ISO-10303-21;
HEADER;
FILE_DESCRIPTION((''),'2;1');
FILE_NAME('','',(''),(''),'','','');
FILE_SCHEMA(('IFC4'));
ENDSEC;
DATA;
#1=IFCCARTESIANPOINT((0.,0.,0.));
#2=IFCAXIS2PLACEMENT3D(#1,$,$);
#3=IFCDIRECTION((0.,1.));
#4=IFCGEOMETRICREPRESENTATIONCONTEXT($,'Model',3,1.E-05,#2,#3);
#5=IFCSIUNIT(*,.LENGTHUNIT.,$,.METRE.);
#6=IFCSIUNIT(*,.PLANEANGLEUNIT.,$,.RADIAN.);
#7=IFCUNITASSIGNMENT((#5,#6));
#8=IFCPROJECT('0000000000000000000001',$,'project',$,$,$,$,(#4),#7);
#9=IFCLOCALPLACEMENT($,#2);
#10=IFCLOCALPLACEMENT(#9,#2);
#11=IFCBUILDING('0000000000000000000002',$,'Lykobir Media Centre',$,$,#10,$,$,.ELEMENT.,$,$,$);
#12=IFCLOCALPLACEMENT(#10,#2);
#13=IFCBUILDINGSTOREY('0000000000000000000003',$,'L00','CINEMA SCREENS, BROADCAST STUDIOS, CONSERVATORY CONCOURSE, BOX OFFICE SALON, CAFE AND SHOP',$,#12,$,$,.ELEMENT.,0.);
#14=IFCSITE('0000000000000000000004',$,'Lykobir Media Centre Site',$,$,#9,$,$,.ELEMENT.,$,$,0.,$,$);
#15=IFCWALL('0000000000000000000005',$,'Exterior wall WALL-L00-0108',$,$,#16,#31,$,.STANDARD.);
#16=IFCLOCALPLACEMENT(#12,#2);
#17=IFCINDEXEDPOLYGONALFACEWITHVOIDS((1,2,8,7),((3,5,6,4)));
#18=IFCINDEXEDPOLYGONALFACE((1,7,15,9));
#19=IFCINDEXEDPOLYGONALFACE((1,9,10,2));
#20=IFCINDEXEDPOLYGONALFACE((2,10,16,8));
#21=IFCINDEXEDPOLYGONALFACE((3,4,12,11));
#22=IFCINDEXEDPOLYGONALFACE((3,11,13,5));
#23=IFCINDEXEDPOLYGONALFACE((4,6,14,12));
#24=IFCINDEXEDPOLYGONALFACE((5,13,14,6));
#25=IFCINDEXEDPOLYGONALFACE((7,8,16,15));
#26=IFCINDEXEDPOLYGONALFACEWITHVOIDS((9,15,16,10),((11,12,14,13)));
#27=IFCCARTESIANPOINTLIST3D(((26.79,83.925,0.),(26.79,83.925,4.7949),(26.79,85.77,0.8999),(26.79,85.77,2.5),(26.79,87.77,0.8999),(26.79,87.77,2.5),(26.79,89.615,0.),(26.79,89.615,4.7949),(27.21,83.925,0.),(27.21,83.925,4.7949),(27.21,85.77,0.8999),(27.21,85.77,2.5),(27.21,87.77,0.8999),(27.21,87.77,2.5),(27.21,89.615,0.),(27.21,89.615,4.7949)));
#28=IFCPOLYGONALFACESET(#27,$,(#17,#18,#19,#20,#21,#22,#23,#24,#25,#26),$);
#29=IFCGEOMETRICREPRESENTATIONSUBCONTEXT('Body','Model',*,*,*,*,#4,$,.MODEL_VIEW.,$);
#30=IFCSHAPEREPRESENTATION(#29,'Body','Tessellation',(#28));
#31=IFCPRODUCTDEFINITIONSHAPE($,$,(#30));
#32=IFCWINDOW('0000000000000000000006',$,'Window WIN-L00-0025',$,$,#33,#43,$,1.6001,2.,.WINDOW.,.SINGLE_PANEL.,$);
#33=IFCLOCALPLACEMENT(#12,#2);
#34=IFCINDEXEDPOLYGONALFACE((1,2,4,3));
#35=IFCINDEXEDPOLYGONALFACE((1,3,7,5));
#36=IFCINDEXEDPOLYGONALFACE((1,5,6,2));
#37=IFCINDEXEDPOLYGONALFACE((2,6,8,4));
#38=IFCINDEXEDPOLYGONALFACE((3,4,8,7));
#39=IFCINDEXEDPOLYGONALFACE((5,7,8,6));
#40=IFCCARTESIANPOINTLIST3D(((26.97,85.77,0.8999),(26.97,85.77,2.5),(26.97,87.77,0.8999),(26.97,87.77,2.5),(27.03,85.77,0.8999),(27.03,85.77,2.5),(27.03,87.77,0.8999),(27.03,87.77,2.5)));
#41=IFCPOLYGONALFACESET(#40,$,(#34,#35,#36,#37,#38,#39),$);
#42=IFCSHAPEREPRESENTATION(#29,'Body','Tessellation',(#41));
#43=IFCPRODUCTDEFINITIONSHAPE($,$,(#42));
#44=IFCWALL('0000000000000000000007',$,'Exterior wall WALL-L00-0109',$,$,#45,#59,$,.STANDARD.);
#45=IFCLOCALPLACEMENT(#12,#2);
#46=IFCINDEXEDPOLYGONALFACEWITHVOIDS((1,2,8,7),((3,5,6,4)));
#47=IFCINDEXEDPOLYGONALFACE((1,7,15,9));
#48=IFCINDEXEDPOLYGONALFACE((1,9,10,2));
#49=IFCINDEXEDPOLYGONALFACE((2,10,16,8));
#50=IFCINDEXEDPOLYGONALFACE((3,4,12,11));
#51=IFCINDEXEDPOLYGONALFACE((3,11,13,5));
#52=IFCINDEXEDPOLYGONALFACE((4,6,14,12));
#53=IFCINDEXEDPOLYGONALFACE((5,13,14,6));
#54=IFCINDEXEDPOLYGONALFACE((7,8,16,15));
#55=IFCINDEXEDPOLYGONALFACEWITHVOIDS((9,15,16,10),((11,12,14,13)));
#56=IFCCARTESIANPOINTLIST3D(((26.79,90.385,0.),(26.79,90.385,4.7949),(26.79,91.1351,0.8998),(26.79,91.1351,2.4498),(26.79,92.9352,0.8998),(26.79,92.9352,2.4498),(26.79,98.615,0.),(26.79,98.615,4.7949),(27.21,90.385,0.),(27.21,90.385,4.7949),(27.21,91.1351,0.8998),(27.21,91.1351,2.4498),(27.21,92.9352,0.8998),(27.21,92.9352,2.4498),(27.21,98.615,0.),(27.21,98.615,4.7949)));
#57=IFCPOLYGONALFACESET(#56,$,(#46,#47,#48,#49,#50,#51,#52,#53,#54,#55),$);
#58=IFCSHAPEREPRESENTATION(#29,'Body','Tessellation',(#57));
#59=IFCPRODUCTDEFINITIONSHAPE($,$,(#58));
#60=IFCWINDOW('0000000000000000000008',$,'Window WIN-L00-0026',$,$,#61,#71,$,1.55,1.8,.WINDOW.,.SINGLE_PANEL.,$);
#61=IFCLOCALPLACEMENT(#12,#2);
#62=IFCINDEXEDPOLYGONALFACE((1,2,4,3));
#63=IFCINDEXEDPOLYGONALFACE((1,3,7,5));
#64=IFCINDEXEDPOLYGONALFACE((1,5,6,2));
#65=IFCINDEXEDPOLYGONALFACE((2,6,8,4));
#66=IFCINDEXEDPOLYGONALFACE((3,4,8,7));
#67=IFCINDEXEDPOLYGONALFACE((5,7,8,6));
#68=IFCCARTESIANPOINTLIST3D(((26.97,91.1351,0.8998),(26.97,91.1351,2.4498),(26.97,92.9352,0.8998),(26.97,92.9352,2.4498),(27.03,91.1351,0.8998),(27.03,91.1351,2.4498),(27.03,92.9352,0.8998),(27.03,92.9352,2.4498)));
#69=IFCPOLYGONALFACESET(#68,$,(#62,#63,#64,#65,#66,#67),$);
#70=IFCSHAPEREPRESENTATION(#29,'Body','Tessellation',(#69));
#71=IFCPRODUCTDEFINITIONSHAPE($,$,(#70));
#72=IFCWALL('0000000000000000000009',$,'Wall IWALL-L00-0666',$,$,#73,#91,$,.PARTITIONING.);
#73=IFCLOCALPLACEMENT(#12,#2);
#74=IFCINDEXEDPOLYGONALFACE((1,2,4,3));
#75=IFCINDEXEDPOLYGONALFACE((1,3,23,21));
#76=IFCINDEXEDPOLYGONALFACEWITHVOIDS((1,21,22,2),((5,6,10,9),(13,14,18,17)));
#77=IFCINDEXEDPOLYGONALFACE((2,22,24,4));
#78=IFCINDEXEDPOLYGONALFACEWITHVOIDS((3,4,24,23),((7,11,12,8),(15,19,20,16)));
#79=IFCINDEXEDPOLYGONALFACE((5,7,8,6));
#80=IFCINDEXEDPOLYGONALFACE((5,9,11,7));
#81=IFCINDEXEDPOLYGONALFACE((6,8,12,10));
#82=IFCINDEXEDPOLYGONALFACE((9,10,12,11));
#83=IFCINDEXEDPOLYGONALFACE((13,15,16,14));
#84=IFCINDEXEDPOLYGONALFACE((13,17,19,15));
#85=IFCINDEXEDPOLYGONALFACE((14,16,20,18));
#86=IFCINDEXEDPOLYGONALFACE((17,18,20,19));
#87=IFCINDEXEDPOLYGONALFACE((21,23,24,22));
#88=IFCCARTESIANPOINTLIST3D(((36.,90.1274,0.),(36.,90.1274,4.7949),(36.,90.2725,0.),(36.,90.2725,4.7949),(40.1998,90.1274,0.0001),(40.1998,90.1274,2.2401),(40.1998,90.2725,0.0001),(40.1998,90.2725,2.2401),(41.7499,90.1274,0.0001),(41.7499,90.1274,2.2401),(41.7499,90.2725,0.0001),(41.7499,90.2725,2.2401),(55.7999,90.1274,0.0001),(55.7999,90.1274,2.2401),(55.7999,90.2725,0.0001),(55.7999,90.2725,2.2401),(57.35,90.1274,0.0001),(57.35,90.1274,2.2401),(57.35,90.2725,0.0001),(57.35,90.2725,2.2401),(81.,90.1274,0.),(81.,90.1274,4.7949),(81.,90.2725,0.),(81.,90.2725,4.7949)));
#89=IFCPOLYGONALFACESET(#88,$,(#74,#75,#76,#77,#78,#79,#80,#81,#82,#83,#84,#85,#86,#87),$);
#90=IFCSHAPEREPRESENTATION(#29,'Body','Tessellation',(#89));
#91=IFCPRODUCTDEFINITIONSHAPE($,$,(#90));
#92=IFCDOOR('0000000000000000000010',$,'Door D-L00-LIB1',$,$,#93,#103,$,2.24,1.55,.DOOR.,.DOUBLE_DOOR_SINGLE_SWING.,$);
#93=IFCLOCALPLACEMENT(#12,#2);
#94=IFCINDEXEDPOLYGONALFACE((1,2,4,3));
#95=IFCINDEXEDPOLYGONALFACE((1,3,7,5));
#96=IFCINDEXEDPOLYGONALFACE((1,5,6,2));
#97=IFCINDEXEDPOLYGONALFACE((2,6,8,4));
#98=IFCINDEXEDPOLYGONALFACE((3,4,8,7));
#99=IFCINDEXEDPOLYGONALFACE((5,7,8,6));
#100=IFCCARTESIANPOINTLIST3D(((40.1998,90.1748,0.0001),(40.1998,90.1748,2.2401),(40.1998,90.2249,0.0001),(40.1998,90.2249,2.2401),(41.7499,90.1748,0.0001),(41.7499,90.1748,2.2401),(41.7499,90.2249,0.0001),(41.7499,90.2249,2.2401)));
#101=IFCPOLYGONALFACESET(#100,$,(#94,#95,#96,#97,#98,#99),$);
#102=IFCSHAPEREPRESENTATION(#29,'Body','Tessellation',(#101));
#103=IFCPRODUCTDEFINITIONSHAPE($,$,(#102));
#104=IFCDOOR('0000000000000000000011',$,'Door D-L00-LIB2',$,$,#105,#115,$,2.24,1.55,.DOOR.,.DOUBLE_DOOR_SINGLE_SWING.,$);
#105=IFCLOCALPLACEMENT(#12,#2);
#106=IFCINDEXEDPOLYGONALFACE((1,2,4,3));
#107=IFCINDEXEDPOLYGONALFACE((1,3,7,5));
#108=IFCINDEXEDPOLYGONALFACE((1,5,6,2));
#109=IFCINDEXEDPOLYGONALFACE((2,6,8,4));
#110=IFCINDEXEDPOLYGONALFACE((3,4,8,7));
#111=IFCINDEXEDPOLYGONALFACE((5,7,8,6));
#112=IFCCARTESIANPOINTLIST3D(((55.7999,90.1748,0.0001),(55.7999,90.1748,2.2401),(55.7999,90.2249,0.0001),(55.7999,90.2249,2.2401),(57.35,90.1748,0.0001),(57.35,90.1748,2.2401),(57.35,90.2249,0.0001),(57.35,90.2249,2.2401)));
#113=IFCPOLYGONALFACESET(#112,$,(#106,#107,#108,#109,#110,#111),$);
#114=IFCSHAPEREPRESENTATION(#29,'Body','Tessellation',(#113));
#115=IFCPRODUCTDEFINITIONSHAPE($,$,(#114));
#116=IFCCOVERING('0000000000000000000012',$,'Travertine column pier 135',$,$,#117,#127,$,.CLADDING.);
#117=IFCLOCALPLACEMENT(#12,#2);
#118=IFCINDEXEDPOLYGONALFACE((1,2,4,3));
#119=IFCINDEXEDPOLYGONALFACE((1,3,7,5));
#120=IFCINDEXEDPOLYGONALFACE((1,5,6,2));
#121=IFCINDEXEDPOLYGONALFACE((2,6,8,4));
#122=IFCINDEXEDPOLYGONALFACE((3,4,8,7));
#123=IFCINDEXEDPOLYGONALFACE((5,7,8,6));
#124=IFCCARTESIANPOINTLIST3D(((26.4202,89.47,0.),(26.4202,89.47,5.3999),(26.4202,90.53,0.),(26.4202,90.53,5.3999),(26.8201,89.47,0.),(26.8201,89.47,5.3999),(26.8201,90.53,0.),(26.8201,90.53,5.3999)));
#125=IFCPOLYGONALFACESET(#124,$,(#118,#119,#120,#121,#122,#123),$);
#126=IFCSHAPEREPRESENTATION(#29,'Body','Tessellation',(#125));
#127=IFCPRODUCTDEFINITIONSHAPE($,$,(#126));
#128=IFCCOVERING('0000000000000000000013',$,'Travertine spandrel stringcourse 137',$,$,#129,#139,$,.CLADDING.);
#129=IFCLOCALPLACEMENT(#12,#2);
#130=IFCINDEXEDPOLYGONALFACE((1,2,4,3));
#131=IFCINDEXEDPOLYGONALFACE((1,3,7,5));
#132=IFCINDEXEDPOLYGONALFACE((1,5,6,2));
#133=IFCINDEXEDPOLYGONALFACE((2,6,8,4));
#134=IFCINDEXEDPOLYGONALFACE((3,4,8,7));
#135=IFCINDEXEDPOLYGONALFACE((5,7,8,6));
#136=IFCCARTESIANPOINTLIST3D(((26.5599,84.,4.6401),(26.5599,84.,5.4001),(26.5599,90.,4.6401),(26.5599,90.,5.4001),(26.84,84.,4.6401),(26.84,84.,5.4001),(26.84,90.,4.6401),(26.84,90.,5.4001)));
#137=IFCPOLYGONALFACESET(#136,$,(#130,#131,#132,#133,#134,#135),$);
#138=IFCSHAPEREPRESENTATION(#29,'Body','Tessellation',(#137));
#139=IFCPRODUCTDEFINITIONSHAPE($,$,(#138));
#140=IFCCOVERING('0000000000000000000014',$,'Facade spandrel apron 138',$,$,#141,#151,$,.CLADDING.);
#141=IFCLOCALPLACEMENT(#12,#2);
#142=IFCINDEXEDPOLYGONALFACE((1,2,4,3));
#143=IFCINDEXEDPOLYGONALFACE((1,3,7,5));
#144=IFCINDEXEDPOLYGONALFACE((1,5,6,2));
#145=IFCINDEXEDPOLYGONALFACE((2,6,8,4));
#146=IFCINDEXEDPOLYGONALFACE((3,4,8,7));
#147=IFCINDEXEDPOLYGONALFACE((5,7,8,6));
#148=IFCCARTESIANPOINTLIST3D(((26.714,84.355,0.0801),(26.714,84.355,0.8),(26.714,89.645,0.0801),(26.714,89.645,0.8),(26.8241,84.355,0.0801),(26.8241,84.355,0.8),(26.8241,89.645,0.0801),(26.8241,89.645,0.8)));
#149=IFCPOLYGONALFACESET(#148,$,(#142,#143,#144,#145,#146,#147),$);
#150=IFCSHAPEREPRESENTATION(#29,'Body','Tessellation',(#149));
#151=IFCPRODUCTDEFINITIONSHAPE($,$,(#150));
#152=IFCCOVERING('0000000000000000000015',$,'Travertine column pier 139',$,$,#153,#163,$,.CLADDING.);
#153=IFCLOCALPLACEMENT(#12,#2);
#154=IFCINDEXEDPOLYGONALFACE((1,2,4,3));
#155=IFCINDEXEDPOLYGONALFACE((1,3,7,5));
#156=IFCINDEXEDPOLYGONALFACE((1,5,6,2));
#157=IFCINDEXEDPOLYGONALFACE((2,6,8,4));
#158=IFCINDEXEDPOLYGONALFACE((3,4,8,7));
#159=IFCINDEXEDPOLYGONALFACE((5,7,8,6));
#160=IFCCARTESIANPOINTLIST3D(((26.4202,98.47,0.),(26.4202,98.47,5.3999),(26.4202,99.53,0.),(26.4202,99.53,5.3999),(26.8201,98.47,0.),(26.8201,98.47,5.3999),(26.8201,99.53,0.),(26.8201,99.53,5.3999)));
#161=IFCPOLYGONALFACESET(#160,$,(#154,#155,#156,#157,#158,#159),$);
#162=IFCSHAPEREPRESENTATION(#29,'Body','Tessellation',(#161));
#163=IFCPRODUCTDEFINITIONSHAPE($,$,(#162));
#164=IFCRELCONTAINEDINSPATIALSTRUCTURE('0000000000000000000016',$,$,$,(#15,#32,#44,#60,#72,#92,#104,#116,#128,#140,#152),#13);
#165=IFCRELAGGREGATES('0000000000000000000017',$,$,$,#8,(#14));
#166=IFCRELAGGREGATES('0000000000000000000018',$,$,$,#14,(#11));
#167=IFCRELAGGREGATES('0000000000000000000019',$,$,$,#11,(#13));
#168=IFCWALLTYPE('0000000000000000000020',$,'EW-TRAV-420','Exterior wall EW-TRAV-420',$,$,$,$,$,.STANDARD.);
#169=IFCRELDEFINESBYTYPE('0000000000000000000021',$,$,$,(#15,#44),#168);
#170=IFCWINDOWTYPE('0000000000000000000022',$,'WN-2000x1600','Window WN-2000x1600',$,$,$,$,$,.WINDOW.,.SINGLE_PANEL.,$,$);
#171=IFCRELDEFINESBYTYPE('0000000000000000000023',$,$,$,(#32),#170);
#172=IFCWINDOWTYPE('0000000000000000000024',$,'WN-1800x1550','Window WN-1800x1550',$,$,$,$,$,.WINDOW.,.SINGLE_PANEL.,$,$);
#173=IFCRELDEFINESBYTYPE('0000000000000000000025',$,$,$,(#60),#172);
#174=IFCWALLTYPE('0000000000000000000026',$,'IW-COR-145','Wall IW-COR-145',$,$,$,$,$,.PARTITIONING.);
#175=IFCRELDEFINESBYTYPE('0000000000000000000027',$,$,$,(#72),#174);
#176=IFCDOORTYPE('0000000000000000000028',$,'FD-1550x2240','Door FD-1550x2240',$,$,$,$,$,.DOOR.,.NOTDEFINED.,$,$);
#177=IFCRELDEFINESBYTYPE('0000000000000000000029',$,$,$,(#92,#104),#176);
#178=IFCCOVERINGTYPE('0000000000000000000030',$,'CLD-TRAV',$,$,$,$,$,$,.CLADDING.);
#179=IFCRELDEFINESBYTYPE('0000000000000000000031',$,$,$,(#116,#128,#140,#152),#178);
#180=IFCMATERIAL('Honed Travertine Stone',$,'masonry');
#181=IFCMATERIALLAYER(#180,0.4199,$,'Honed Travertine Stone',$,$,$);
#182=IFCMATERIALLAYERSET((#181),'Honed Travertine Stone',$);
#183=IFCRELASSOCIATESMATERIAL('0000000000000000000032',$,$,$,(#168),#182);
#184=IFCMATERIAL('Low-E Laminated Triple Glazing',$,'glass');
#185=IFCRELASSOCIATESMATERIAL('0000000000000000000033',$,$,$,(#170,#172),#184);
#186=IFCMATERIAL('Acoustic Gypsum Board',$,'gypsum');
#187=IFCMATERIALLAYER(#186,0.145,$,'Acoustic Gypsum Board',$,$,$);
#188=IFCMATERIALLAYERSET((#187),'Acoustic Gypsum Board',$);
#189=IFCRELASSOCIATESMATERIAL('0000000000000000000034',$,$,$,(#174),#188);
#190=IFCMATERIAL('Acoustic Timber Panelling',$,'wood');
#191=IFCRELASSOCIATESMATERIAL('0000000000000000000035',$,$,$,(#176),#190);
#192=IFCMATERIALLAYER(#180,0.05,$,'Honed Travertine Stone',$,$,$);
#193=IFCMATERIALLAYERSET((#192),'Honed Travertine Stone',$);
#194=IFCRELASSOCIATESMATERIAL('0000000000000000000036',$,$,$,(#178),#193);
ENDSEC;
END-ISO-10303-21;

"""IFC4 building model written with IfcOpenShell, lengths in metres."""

from ifc_helpers import new_model, si_unit, direction, frame, frame_2d, origin, origin_2d, place, context, subcontext, project, spatial, rectangle, extrude, material, layer, layer_set, type_object, element, fill, save


model = new_model("IFC4")

# Units and contexts
model_context = context("Model", 3, precision=1e-05, world=origin(), true_north=direction((0.0, 1.0)))
body_context = subcontext(model_context, "Body", "Model", "MODEL_VIEW")
ifc_project = project(units=[si_unit("LENGTHUNIT", "METRE"), si_unit("PLANEANGLEUNIT", "RADIAN")], contexts=[model_context])

# Site, building, storey
site_placement = place(None, origin())
site = spatial("IfcSite", under=ifc_project, at=site_placement, Name="Lykobir Media Centre Site", CompositionType="ELEMENT", RefElevation=0.0)
building_placement = place(site_placement, origin())
building = spatial("IfcBuilding", under=site, at=building_placement, Name="Lykobir Media Centre", CompositionType="ELEMENT")
storey_placement = place(building_placement, origin())
storey = spatial("IfcBuildingStorey", under=building, at=storey_placement, Name="L00", Description="CINEMA SCREENS, BROADCAST STUDIOS, CONSERVATORY CONCOURSE, BOX OFFICE SALON, CAFE AND SHOP", CompositionType="ELEMENT", Elevation=0.0)

# Walls, openings, windows
ifc_material_1 = material(Name="Honed Travertine Stone", Category="masonry")
ifc_layer_1 = layer(ifc_material_1, 0.4199, Name="Honed Travertine Stone")
ifc_layer_set_1 = layer_set([ifc_layer_1], Name="Honed Travertine Stone")
wall_type_1 = type_object("IfcWallType", Name="EW-TRAV-420", Description="Exterior wall EW-TRAV-420", PredefinedType="STANDARD", material=ifc_layer_set_1)
wall_1_placement = place(storey_placement, frame((27.0, 89.615, 0.0), z_axis=(0.0, 0.0, 1.0), x_axis=(0.0, -1.0, 0.0)))
wall_1 = element("IfcWall", 1, at=wall_1_placement, inside=storey, type_object=wall_type_1, Name="Exterior wall WALL-L00-0108", PredefinedType="STANDARD", context=body_context, shape_type="SweptSolid", body=[
    extrude(rectangle(XDim=5.6899, YDim=0.4199, at=frame_2d((2.845, 0.0))), origin(), (0.0, 0.0, 1.0), 4.7949),
])
opening_1_placement = place(wall_1_placement, frame((1.845, 0.0, 0.8999)))
opening_1 = element("IfcOpeningElement", 2, at=opening_1_placement, cuts=wall_1, PredefinedType="OPENING", context=body_context, shape_type="SweptSolid", body=[
    extrude(rectangle(XDim=2.0, YDim=1.6001, at=frame_2d((1.0, 0.8))), frame((0.0, 0.22, 0.0), z_axis=(0.0, -1.0, 0.0), x_axis=(1.0, 0.0, 0.0)), (0.0, 0.0, 1.0), 0.4399),
])
ifc_material_2 = material(Name="Low-E Laminated Triple Glazing", Category="glass")
window_type_1 = type_object("IfcWindowType", Name="WN-2000x1600", Description="Window WN-2000x1600", PartitioningType="SINGLE_PANEL", PredefinedType="WINDOW", material=ifc_material_2)
window_1_placement = place(opening_1_placement, origin())
window_1 = element("IfcWindow", 3, at=window_1_placement, inside=storey, type_object=window_type_1, Name="Window WIN-L00-0025", OverallHeight=1.6001, OverallWidth=2.0, PartitioningType="SINGLE_PANEL", PredefinedType="WINDOW", context=body_context, shape_type="SweptSolid", body=[
    extrude(rectangle(XDim=2.0, YDim=1.6001, at=frame_2d((1.0, 0.8))), frame((0.0, 0.03, 0.0), z_axis=(0.0, -1.0, 0.0), x_axis=(1.0, 0.0, 0.0)), (0.0, 0.0, 1.0), 0.0601),
])
fill(opening_1, window_1)
wall_2_placement = place(storey_placement, frame((27.0, 98.615, 0.0), z_axis=(0.0, 0.0, 1.0), x_axis=(0.0, -1.0, 0.0)))
wall_2 = element("IfcWall", 4, at=wall_2_placement, inside=storey, type_object=wall_type_1, Name="Exterior wall WALL-L00-0109", PredefinedType="STANDARD", context=body_context, shape_type="SweptSolid", body=[
    extrude(rectangle(XDim=8.23, YDim=0.4199, at=frame_2d((4.115, 0.0))), origin(), (0.0, 0.0, 1.0), 4.7949),
])
opening_2_placement = place(wall_2_placement, frame((5.6799, 0.0, 0.8999)))
opening_2 = element("IfcOpeningElement", 5, at=opening_2_placement, cuts=wall_2, PredefinedType="OPENING", context=body_context, shape_type="SweptSolid", body=[
    extrude(rectangle(XDim=1.8, YDim=1.55, at=frame_2d((0.8999, 0.7749))), frame((0.0, 0.22, 0.0), z_axis=(0.0, -1.0, 0.0), x_axis=(1.0, 0.0, 0.0)), (0.0, 0.0, 1.0), 0.4399),
])
window_type_2 = type_object("IfcWindowType", Name="WN-1800x1550", Description="Window WN-1800x1550", PartitioningType="SINGLE_PANEL", PredefinedType="WINDOW", material=ifc_material_2)
window_2_placement = place(opening_2_placement, origin())
window_2 = element("IfcWindow", 6, at=window_2_placement, inside=storey, type_object=window_type_2, Name="Window WIN-L00-0026", OverallHeight=1.55, OverallWidth=1.8, PartitioningType="SINGLE_PANEL", PredefinedType="WINDOW", context=body_context, shape_type="SweptSolid", body=[
    extrude(rectangle(XDim=1.8, YDim=1.55, at=frame_2d((0.8999, 0.7749))), frame((0.0, 0.03, 0.0), z_axis=(0.0, -1.0, 0.0), x_axis=(1.0, 0.0, 0.0)), (0.0, 0.0, 1.0), 0.0601),
])
fill(opening_2, window_2)

# Wall, openings, doors
ifc_material_3 = material(Name="Acoustic Gypsum Board", Category="gypsum")
ifc_layer_2 = layer(ifc_material_3, 0.145, Name="Acoustic Gypsum Board")
ifc_layer_set_2 = layer_set([ifc_layer_2], Name="Acoustic Gypsum Board")
wall_type_2 = type_object("IfcWallType", Name="IW-COR-145", Description="Wall IW-COR-145", PredefinedType="PARTITIONING", material=ifc_layer_set_2)
wall_3_placement = place(storey_placement, frame((36.0, 90.2, 0.0), z_axis=(0.0, 0.0, 1.0), x_axis=(1.0, 0.0, 0.0)))
wall_3 = element("IfcWall", 7, at=wall_3_placement, inside=storey, type_object=wall_type_2, Name="Wall IWALL-L00-0666", PredefinedType="PARTITIONING", context=body_context, shape_type="SweptSolid", body=[
    extrude(rectangle(XDim=45.0, YDim=0.145, at=frame_2d((22.5, 0.0))), origin(), (0.0, 0.0, 1.0), 4.7949),
])
opening_3_placement = place(wall_3_placement, frame((4.2, 0.0, 0.0)))
opening_3 = element("IfcOpeningElement", 8, at=opening_3_placement, cuts=wall_3, PredefinedType="OPENING", context=body_context, shape_type="SweptSolid", body=[
    extrude(rectangle(XDim=1.55, YDim=2.24, at=frame_2d((0.7749, 1.1201))), frame((0.0, 0.0825, 0.0), z_axis=(0.0, -1.0, 0.0), x_axis=(1.0, 0.0, 0.0)), (0.0, 0.0, 1.0), 0.165),
])
opening_4_placement = place(wall_3_placement, frame((19.8, 0.0, 0.0)))
opening_4 = element("IfcOpeningElement", 9, at=opening_4_placement, cuts=wall_3, PredefinedType="OPENING", context=body_context, shape_type="SweptSolid", body=[
    extrude(rectangle(XDim=1.55, YDim=2.24, at=frame_2d((0.7749, 1.1201))), frame((0.0, 0.0825, 0.0), z_axis=(0.0, -1.0, 0.0), x_axis=(1.0, 0.0, 0.0)), (0.0, 0.0, 1.0), 0.165),
])
ifc_material_4 = material(Name="Acoustic Timber Panelling", Category="wood")
door_type = type_object("IfcDoorType", Name="FD-1550x2240", Description="Door FD-1550x2240", OperationType="NOTDEFINED", PredefinedType="DOOR", material=ifc_material_4)
door_1_placement = place(opening_3_placement, origin())
door_1 = element("IfcDoor", 10, at=door_1_placement, inside=storey, type_object=door_type, Name="Door D-L00-LIB1", OperationType="DOUBLE_DOOR_SINGLE_SWING", OverallHeight=2.24, OverallWidth=1.55, PredefinedType="DOOR", context=body_context, shape_type="SweptSolid", body=[
    extrude(rectangle(XDim=1.55, YDim=2.24, at=frame_2d((0.7749, 1.1201))), frame((0.0, 0.0249, 0.0), z_axis=(0.0, -1.0, 0.0), x_axis=(1.0, 0.0, 0.0)), (0.0, 0.0, 1.0), 0.05),
])
fill(opening_3, door_1)
door_2_placement = place(opening_4_placement, origin())
door_2 = element("IfcDoor", 11, at=door_2_placement, inside=storey, type_object=door_type, Name="Door D-L00-LIB2", OperationType="DOUBLE_DOOR_SINGLE_SWING", OverallHeight=2.24, OverallWidth=1.55, PredefinedType="DOOR", context=body_context, shape_type="SweptSolid", body=[
    extrude(rectangle(XDim=1.55, YDim=2.24, at=frame_2d((0.7749, 1.1201))), frame((0.0, 0.0249, 0.0), z_axis=(0.0, -1.0, 0.0), x_axis=(1.0, 0.0, 0.0)), (0.0, 0.0, 1.0), 0.05),
])
fill(opening_4, door_2)

# Coverings
ifc_layer_3 = layer(ifc_material_1, 0.05, Name="Honed Travertine Stone")
ifc_layer_set_3 = layer_set([ifc_layer_3], Name="Honed Travertine Stone")
covering_type = type_object("IfcCoveringType", Name="CLD-TRAV", PredefinedType="CLADDING", material=ifc_layer_set_3)
covering_1_placement = place(storey_placement, frame((26.6201, 90.0, 0.0), z_axis=(0.0, 0.0, 1.0), x_axis=(0.0, -1.0, 0.0)))
element("IfcCovering", 12, at=covering_1_placement, inside=storey, type_object=covering_type, Name="Travertine column pier 135", PredefinedType="CLADDING", context=body_context, shape_type="SweptSolid", body=[
    extrude(rectangle(XDim=1.0601, YDim=0.3999, at=origin_2d()), origin(), (0.0, 0.0, 1.0), 5.3999),
])
covering_2_placement = place(storey_placement, frame((26.7, 87.0, 4.6401), z_axis=(0.0, 0.0, 1.0), x_axis=(0.0, -1.0, 0.0)))
element("IfcCovering", 13, at=covering_2_placement, inside=storey, type_object=covering_type, Name="Travertine spandrel stringcourse 137", PredefinedType="CLADDING", context=body_context, shape_type="SweptSolid", body=[
    extrude(rectangle(XDim=6.0, YDim=0.28, at=origin_2d()), origin(), (0.0, 0.0, 1.0), 0.76),
])
covering_3_placement = place(storey_placement, frame((26.769, 87.0, 0.0801), z_axis=(0.0, 0.0, 1.0), x_axis=(0.0, -1.0, 0.0)))
element("IfcCovering", 14, at=covering_3_placement, inside=storey, type_object=covering_type, Name="Facade spandrel apron 138", PredefinedType="CLADDING", context=body_context, shape_type="SweptSolid", body=[
    extrude(rectangle(XDim=5.29, YDim=0.1101, at=origin_2d()), origin(), (0.0, 0.0, 1.0), 0.72),
])
covering_4_placement = place(storey_placement, frame((26.6201, 99.0, 0.0), z_axis=(0.0, 0.0, 1.0), x_axis=(0.0, -1.0, 0.0)))
element("IfcCovering", 15, at=covering_4_placement, inside=storey, type_object=covering_type, Name="Travertine column pier 139", PredefinedType="CLADDING", context=body_context, shape_type="SweptSolid", body=[
    extrude(rectangle(XDim=1.0601, YDim=0.3999, at=origin_2d()), origin(), (0.0, 0.0, 1.0), 5.3999),
])

save(model, "model.ifc")
